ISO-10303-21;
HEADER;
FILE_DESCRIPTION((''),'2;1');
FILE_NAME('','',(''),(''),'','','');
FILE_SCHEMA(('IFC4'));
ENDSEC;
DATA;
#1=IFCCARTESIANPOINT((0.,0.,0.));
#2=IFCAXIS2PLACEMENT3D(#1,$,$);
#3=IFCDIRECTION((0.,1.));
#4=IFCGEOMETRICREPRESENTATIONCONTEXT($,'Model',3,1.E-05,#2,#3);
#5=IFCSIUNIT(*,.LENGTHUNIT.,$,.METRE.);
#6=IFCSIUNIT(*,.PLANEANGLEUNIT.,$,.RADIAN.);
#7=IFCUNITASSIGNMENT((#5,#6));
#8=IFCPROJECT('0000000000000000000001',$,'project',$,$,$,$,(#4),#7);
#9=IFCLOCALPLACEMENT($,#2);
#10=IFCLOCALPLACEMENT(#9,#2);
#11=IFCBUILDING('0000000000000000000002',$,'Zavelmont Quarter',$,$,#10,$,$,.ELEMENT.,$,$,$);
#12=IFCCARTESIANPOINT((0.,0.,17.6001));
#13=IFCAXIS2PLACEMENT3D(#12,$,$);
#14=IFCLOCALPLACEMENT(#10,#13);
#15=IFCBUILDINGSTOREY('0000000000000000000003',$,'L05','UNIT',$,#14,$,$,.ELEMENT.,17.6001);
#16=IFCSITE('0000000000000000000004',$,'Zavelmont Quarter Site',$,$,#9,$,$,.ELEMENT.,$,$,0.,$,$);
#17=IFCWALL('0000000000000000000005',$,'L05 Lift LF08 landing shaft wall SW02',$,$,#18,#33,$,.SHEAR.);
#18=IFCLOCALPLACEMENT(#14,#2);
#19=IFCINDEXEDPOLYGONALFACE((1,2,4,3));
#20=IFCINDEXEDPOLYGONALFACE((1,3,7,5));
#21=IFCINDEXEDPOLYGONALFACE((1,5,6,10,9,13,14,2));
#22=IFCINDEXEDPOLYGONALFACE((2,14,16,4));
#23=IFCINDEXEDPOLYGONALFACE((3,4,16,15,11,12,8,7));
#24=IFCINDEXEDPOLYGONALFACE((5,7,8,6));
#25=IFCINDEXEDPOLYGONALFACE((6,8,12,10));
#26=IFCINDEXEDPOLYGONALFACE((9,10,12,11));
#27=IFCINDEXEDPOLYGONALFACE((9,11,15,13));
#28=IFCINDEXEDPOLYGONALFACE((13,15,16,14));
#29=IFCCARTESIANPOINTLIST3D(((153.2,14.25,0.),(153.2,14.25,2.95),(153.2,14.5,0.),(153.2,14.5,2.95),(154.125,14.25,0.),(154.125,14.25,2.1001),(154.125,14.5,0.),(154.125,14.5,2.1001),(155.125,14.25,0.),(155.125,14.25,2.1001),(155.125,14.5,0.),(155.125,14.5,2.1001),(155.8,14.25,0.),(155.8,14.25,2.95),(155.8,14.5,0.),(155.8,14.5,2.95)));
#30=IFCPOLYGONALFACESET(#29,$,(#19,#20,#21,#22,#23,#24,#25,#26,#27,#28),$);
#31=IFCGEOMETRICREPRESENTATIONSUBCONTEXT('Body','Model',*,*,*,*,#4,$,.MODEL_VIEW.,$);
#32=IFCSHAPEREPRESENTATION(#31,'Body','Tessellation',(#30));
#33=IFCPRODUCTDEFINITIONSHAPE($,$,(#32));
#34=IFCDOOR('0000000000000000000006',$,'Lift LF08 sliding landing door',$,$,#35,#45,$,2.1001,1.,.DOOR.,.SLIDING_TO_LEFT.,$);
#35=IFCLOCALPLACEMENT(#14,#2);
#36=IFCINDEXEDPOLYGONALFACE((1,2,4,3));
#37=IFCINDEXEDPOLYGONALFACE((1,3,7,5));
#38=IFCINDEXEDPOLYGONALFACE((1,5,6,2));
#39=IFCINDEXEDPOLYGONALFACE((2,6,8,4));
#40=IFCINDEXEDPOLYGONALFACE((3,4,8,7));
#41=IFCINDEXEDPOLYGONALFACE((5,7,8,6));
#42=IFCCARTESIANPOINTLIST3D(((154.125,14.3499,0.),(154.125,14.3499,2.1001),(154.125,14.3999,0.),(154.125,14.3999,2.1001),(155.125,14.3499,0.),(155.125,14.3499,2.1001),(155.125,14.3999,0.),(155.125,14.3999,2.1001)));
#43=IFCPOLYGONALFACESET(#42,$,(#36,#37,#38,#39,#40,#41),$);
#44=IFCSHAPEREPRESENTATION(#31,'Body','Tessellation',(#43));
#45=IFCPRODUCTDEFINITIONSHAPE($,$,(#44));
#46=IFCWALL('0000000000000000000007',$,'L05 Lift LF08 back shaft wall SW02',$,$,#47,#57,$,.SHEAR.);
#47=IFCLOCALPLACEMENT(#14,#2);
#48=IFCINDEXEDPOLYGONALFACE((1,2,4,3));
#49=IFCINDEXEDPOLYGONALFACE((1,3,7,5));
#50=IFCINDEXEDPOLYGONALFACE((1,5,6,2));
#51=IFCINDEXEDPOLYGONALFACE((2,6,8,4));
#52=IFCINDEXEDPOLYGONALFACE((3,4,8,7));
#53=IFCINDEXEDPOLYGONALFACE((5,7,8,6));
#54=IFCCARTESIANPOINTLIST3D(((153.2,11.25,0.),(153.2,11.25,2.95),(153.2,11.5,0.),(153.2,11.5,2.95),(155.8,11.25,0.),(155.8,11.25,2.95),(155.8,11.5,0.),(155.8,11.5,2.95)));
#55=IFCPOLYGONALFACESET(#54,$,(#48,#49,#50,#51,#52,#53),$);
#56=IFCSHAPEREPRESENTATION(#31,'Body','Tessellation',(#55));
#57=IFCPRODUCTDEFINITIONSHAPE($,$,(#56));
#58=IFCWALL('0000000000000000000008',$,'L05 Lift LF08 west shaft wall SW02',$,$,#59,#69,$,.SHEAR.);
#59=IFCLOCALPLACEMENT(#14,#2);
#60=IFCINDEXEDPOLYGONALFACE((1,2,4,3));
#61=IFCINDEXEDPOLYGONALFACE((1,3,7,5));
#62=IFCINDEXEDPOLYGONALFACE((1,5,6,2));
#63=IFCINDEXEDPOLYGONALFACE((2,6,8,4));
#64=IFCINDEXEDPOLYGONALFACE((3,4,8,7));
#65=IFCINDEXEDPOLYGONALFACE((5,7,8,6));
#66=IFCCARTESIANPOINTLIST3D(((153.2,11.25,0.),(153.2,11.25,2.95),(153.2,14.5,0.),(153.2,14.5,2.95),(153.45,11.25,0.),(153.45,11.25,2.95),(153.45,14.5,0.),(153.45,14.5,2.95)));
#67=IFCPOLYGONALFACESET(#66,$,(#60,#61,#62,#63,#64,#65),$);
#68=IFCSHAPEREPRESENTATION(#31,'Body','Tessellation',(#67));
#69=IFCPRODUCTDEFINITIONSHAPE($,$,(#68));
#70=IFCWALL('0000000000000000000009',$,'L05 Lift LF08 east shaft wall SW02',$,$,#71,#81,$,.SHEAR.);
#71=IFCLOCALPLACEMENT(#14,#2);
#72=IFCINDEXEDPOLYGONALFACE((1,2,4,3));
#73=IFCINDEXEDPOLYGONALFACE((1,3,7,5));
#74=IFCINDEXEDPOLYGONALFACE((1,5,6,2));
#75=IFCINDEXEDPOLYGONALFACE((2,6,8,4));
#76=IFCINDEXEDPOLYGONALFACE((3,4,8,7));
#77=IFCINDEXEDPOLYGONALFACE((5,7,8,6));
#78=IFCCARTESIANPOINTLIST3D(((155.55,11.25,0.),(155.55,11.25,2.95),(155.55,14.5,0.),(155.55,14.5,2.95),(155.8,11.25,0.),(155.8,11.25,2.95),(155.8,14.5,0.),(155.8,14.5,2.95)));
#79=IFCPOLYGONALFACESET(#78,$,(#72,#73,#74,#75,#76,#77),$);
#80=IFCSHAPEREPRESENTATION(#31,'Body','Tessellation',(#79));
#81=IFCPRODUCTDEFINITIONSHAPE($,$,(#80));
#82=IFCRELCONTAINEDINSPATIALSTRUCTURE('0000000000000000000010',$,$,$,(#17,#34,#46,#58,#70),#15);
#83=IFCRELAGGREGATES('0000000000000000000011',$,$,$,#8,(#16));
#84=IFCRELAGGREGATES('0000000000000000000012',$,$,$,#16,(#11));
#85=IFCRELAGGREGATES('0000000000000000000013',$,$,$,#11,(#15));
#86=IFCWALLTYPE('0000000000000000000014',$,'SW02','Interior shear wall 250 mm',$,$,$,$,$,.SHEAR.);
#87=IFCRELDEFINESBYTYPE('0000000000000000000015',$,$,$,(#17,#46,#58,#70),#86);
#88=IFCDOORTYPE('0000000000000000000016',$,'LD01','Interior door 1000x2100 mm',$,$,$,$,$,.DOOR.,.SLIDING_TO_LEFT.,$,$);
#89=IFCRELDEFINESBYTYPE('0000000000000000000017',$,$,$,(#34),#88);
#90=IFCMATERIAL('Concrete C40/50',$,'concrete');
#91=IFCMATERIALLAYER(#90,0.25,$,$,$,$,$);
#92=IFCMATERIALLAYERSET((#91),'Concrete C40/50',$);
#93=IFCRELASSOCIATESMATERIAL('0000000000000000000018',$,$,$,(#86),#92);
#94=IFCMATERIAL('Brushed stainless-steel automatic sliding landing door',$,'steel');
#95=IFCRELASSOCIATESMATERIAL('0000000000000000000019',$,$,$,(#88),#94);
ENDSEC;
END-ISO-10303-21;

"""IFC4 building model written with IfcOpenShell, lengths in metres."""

from ifc_helpers import new_model, si_unit, direction, frame, frame_2d, origin, origin_with_axes, place, context, subcontext, project, spatial, rectangle, extrude, material, layer, layer_set, type_object, element, fill, save


model = new_model("IFC4")

# Units and contexts
model_context = context("Model", 3, precision=1e-05, world=origin(), true_north=direction((0.0, 1.0)))
body_context = subcontext(model_context, "Body", "Model", "MODEL_VIEW")
ifc_project = project(units=[si_unit("LENGTHUNIT", "METRE"), si_unit("PLANEANGLEUNIT", "RADIAN")], contexts=[model_context])

# Site, building, storey
site_placement = place(None, origin())
site = spatial("IfcSite", under=ifc_project, at=site_placement, Name="Zavelmont Quarter Site", CompositionType="ELEMENT", RefElevation=0.0)
building_placement = place(site_placement, origin())
building = spatial("IfcBuilding", under=site, at=building_placement, Name="Zavelmont Quarter", CompositionType="ELEMENT")
storey_placement = place(building_placement, frame((0.0, 0.0, 17.6001)))
storey = spatial("IfcBuildingStorey", under=building, at=storey_placement, Name="L05", Description="UNIT", CompositionType="ELEMENT", Elevation=17.6001)

# Shared definitions
ifc_material_1 = material(Name="Concrete C40/50", Category="concrete")

# Wall, opening, door
ifc_layer_1 = layer(ifc_material_1, 0.25)
ifc_layer_set_1 = layer_set([ifc_layer_1], Name="Concrete C40/50")
wall_type_1 = type_object("IfcWallType", Name="SW02", Description="Interior shear wall 250 mm", PredefinedType="SHEAR", material=ifc_layer_set_1)
wall_1_placement = place(storey_placement, frame((153.2, 14.375, 0.0), z_axis=(0.0, 0.0, 1.0), x_axis=(1.0, 0.0, 0.0)))
wall_1 = element("IfcWall", 1, at=wall_1_placement, inside=storey, type_object=wall_type_1, Name="L05 Lift LF08 landing shaft wall SW02", PredefinedType="SHEAR", context=body_context, shape_type="SweptSolid", body=[
    extrude(rectangle(XDim=2.6001, YDim=0.25, at=frame_2d((1.3, 0.0))), origin(), (0.0, 0.0, 1.0), 2.95),
])
opening_placement = place(wall_1_placement, frame((0.925, 0.0, 0.0)))
opening = element("IfcOpeningElement", 2, at=opening_placement, cuts=wall_1, PredefinedType="OPENING", context=body_context, shape_type="SweptSolid", body=[
    extrude(rectangle(XDim=1.0, YDim=2.1001, at=frame_2d((0.5, 1.05))), frame((0.0, 0.137, 0.0), z_axis=(0.0, -1.0, 0.0), x_axis=(1.0, 0.0, 0.0)), (0.0, 0.0, 1.0), 0.2739),
])
ifc_material_2 = material(Name="Brushed stainless-steel automatic sliding landing door", Category="steel")
door_type = type_object("IfcDoorType", Name="LD01", Description="Interior door 1000x2100 mm", OperationType="SLIDING_TO_LEFT", PredefinedType="DOOR", material=ifc_material_2)
door_placement = place(opening_placement, origin_with_axes())
door = element("IfcDoor", 3, at=door_placement, inside=storey, type_object=door_type, Name="Lift LF08 sliding landing door", OperationType="SLIDING_TO_LEFT", OverallHeight=2.1001, OverallWidth=1.0, PredefinedType="DOOR", context=body_context, shape_type="SweptSolid", body=[
    extrude(rectangle(XDim=1.0, YDim=2.1001, at=frame_2d((0.5, 1.05))), frame((0.0, 0.0249, 0.0), z_axis=(0.0, -1.0, 0.0), x_axis=(1.0, 0.0, 0.0)), (0.0, 0.0, 1.0), 0.05),
])
fill(opening, door)

# Walls
wall_2_placement = place(storey_placement, frame((153.2, 11.375, 0.0), z_axis=(0.0, 0.0, 1.0), x_axis=(1.0, 0.0, 0.0)))
element("IfcWall", 4, at=wall_2_placement, inside=storey, type_object=wall_type_1, Name="L05 Lift LF08 back shaft wall SW02", PredefinedType="SHEAR", context=body_context, shape_type="SweptSolid", body=[
    extrude(rectangle(XDim=2.6001, YDim=0.25, at=frame_2d((1.3, 0.0))), origin(), (0.0, 0.0, 1.0), 2.95),
])
for number, where, z_axis, x_axis, name in (
    (5, (153.325, 11.25, 0.0), (0.0, 0.0, 1.0), (0.0, 1.0, 0.0), "L05 Lift LF08 west shaft wall SW02"),
    (6, (155.675, 11.25, 0.0), (0.0, 0.0, 1.0), (0.0, 1.0, 0.0), "L05 Lift LF08 east shaft wall SW02"),
):
    element("IfcWall", number, at=place(storey_placement, frame(where, z_axis=z_axis, x_axis=x_axis)), inside=storey, type_object=wall_type_1, Name=name, PredefinedType="SHEAR", context=body_context, shape_type="SweptSolid", body=[
        extrude(rectangle(XDim=3.25, YDim=0.25, at=frame_2d((1.625, 0.0))), origin(), (0.0, 0.0, 1.0), 2.95),
    ])

save(model, "model.ifc")
